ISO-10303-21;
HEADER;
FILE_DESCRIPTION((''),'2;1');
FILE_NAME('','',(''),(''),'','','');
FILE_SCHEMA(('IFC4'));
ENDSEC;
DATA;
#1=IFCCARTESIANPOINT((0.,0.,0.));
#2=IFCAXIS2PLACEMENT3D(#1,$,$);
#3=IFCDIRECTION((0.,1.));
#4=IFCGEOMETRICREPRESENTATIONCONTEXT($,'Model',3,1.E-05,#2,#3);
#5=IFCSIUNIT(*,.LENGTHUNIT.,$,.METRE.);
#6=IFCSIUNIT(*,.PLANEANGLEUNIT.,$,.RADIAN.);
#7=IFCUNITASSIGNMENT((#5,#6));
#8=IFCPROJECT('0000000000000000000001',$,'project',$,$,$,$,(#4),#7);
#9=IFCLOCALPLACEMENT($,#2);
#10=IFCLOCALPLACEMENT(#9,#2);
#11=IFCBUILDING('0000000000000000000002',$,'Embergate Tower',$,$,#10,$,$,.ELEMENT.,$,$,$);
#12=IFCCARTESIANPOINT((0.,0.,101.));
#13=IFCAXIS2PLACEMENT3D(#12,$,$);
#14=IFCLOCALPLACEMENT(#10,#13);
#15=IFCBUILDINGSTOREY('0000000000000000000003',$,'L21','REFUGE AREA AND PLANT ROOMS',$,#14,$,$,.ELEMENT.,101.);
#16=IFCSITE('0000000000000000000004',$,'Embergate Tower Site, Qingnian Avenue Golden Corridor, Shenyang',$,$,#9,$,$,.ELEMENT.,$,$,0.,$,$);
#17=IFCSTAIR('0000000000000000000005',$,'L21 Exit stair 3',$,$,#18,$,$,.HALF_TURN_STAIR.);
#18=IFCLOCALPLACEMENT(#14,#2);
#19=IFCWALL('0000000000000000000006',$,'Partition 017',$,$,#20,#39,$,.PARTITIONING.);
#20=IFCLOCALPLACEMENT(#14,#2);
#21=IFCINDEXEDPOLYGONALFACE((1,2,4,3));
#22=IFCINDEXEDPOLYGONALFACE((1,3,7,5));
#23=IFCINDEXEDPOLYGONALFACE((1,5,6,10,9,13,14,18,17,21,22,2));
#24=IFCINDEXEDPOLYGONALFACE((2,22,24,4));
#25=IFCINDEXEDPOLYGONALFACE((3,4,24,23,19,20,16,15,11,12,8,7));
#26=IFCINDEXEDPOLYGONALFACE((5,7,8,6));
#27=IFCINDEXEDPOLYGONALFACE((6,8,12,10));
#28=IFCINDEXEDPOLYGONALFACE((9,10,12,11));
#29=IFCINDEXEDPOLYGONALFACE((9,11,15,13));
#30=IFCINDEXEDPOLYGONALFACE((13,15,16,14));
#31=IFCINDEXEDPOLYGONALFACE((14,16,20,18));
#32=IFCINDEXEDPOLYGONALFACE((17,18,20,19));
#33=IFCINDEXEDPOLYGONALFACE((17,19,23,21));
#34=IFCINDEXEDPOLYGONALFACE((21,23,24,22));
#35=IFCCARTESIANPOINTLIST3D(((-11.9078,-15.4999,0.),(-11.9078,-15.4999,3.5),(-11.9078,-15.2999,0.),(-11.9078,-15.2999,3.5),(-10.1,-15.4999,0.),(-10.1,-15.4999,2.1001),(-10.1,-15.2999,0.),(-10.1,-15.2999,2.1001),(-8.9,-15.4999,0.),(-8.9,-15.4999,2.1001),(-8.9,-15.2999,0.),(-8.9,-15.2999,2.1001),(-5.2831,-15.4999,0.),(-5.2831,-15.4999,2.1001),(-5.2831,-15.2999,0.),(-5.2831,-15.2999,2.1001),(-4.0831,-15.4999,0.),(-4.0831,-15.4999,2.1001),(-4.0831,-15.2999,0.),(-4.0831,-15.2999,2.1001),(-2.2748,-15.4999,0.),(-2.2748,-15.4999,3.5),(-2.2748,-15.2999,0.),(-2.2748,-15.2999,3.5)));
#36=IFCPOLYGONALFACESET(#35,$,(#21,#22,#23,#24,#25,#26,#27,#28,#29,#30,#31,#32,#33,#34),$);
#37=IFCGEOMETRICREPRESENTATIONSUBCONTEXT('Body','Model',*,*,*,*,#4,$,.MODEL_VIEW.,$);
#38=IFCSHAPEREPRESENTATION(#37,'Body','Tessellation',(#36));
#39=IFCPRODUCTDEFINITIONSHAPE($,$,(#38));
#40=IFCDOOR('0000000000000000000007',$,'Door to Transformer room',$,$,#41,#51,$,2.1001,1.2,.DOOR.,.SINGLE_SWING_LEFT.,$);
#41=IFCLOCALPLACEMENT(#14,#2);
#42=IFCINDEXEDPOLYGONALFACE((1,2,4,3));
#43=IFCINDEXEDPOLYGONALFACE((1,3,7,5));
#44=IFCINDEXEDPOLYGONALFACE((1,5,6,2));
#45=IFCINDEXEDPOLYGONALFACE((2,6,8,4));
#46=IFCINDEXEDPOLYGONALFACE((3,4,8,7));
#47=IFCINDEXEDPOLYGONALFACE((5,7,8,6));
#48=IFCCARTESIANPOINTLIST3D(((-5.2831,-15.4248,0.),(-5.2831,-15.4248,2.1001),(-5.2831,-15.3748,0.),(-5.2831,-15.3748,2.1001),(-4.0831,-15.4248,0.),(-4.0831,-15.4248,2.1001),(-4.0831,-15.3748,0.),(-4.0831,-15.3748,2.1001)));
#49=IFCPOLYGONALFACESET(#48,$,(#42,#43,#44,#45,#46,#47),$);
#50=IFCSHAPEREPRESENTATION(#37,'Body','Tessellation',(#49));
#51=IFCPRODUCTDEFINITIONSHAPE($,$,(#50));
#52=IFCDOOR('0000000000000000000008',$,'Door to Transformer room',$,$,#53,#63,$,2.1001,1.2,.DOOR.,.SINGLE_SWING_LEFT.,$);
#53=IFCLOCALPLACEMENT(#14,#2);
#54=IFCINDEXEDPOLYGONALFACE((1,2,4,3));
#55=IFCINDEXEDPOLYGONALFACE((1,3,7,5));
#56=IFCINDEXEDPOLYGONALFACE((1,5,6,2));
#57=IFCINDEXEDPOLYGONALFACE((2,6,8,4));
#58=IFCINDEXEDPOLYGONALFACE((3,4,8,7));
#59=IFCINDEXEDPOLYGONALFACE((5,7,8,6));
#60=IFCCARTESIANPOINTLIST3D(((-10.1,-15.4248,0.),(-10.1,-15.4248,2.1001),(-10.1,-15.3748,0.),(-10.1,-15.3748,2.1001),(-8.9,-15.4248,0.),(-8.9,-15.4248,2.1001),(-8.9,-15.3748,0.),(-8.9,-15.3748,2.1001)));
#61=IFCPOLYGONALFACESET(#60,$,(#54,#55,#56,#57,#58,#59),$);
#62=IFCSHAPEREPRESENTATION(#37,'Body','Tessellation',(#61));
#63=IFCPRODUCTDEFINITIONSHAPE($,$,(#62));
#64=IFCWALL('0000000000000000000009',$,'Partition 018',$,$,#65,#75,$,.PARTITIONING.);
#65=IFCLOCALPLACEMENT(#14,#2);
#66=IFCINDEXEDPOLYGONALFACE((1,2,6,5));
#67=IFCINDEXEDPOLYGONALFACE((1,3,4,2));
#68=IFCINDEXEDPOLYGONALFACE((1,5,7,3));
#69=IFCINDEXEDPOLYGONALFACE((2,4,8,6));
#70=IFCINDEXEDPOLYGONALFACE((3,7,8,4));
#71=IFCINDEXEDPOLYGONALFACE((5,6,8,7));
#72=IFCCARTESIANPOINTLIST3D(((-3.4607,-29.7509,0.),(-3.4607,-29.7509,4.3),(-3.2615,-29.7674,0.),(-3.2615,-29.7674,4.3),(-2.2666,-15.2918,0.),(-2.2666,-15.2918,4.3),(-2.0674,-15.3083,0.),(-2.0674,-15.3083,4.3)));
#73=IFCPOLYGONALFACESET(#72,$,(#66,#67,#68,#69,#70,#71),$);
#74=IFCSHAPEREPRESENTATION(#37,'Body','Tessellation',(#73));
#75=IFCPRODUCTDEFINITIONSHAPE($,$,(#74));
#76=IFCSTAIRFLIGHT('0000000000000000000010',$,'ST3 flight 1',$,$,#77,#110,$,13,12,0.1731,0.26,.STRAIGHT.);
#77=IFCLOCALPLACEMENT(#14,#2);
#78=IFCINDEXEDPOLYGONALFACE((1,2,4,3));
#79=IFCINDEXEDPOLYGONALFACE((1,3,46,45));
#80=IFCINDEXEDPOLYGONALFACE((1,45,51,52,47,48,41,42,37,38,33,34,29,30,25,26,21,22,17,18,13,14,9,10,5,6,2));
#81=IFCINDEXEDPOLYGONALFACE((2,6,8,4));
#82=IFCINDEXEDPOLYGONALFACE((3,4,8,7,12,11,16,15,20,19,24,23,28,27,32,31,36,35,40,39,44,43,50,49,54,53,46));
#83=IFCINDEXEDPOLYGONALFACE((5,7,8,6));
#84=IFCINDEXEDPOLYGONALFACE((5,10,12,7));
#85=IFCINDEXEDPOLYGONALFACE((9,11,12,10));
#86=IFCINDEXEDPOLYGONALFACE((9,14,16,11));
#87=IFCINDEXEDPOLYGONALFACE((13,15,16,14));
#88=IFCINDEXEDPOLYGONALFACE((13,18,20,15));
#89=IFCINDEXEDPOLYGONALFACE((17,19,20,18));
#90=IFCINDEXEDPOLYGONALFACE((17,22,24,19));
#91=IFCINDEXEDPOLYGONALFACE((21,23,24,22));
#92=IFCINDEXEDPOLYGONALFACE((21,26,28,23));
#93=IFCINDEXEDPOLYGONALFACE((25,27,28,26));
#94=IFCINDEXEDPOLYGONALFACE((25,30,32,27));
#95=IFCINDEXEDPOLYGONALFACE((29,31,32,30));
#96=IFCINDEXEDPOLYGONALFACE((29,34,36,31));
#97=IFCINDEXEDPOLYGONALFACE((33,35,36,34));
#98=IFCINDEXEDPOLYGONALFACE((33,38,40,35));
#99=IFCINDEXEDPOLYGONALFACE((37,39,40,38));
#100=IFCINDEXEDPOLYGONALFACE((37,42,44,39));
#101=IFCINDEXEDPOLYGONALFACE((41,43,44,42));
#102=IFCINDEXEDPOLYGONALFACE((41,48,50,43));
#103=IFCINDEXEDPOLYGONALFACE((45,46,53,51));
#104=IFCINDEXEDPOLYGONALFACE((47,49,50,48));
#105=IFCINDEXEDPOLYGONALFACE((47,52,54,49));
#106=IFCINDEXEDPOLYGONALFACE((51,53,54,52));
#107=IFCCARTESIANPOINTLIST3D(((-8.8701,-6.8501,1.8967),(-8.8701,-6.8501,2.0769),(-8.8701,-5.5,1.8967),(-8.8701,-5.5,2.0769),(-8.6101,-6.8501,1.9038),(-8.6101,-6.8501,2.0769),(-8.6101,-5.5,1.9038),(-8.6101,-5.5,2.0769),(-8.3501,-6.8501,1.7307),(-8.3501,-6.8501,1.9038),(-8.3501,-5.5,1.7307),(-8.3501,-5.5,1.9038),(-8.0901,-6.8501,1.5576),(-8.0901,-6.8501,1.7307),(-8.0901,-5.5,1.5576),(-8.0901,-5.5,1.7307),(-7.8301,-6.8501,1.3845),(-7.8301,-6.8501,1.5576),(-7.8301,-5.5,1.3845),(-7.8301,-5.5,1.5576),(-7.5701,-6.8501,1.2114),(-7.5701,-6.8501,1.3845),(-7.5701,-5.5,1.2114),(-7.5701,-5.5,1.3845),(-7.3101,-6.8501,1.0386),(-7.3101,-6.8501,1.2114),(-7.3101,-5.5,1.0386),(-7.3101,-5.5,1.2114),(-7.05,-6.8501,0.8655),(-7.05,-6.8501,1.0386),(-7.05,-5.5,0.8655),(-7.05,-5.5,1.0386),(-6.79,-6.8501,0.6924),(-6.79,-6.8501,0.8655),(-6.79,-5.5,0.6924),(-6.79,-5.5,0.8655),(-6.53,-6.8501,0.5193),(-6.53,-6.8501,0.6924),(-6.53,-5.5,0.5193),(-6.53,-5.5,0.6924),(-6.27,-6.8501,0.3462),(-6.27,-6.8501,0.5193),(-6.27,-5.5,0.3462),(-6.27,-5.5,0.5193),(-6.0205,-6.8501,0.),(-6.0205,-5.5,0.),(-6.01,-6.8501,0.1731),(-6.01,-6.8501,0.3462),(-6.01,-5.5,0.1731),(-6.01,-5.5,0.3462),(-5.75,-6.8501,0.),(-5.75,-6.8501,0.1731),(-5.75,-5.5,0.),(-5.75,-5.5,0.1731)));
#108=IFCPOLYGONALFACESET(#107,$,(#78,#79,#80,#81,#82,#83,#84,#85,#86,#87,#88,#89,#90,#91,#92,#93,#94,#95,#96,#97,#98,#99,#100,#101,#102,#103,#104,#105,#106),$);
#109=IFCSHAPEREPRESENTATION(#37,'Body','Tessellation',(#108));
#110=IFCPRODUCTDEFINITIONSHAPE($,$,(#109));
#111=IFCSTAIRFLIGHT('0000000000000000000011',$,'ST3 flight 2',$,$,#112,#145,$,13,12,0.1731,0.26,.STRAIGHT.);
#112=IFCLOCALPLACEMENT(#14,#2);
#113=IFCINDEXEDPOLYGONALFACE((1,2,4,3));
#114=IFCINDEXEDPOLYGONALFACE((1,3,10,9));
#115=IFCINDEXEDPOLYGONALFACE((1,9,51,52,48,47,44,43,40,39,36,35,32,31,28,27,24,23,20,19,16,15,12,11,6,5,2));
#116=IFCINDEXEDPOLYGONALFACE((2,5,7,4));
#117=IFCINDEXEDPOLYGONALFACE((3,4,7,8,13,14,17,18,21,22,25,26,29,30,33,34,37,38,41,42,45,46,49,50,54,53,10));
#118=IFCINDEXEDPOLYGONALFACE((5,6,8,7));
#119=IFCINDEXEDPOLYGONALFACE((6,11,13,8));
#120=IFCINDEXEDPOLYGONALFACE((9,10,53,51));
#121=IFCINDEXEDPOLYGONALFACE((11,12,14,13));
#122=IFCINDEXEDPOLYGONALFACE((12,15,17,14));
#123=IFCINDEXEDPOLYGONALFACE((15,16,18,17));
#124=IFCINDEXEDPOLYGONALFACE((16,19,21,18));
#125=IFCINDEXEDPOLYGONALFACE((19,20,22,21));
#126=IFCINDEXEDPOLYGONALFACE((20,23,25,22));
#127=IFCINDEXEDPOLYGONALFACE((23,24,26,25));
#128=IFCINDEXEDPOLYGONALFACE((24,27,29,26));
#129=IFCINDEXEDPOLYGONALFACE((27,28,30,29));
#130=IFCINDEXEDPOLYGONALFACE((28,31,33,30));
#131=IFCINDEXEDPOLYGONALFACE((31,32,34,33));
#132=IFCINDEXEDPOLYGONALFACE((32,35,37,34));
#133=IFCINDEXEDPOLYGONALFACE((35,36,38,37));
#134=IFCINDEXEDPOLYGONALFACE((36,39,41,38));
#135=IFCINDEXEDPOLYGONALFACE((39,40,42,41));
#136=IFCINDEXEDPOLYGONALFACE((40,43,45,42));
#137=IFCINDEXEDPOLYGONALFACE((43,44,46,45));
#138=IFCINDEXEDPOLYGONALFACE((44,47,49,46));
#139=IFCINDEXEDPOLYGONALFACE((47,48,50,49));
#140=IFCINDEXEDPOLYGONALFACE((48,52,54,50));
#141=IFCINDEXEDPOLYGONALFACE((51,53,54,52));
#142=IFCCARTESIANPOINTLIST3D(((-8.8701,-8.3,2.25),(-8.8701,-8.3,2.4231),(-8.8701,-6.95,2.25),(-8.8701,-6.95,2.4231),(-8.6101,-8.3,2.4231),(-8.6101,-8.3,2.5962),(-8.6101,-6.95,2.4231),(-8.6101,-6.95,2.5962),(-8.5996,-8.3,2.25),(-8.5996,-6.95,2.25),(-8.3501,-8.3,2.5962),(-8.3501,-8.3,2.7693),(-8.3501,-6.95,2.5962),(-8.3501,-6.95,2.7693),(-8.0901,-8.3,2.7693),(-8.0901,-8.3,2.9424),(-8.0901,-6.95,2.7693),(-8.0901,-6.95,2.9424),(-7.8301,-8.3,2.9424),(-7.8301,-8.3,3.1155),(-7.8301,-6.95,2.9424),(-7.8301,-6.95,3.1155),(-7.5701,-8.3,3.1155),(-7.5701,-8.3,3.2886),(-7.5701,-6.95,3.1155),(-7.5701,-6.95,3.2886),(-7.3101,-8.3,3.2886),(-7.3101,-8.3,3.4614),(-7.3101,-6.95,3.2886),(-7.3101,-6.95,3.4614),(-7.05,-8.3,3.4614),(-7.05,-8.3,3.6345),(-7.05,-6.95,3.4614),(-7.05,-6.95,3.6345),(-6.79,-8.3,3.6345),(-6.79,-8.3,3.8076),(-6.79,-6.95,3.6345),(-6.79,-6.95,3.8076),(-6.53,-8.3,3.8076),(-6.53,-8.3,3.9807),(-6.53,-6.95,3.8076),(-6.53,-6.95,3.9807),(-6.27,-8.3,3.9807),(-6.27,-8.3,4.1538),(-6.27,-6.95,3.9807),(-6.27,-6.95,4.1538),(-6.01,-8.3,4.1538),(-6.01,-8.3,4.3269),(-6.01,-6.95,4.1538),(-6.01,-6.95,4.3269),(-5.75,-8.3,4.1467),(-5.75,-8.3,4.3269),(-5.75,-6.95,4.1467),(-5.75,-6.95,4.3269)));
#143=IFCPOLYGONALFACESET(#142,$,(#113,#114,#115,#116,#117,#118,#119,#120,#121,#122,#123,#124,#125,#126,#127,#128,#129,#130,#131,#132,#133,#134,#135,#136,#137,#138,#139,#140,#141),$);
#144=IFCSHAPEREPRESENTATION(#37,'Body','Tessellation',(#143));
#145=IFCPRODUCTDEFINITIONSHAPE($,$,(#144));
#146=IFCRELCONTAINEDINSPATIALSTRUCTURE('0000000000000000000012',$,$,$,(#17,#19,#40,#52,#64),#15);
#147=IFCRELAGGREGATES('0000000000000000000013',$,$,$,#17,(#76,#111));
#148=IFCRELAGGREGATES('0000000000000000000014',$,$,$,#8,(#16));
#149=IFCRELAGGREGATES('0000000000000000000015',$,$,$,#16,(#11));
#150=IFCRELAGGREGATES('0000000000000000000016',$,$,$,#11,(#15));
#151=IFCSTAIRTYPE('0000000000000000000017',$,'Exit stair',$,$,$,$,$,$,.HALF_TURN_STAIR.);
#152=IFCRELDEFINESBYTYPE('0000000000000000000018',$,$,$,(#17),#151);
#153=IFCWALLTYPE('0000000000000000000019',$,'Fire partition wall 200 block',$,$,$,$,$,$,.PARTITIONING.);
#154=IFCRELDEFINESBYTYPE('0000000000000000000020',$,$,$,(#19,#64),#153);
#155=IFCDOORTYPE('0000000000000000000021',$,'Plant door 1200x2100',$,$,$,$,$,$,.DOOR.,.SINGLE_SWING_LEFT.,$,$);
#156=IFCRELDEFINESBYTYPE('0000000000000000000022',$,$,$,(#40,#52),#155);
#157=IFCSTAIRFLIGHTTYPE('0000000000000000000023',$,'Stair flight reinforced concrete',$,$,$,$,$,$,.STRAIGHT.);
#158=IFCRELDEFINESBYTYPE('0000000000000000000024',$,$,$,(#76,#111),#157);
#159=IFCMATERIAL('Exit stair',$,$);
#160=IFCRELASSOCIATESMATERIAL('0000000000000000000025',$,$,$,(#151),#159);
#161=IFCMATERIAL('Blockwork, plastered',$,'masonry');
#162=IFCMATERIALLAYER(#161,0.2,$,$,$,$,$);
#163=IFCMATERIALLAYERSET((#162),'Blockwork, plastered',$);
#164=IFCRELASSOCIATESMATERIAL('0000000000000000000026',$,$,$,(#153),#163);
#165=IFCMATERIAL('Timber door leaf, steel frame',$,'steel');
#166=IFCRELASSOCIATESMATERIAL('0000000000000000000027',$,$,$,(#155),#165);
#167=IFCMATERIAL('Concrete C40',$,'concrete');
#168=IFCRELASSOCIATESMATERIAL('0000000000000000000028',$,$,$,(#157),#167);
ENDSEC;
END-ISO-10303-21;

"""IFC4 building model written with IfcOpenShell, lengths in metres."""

from ifc_helpers import new_model, si_unit, direction, frame, frame_2d, origin, place, context, subcontext, project, spatial, polyline, rectangle, outline, extrude, source, transform, mapped, material, layer, layer_set, type_object, element, fill, aggregate, save


model = new_model("IFC4")

# Units and contexts
model_context = context("Model", 3, precision=1e-05, world=origin(), true_north=direction((0.0, 1.0)))
body_context = subcontext(model_context, "Body", "Model", "MODEL_VIEW")
ifc_project = project(units=[si_unit("LENGTHUNIT", "METRE"), si_unit("PLANEANGLEUNIT", "RADIAN")], contexts=[model_context])

# Site, building, storey
site_placement = place(None, origin())
site = spatial("IfcSite", under=ifc_project, at=site_placement, Name="Embergate Tower Site, Qingnian Avenue Golden Corridor, Shenyang", CompositionType="ELEMENT", RefElevation=0.0)
building_placement = place(site_placement, origin())
building = spatial("IfcBuilding", under=site, at=building_placement, Name="Embergate Tower", CompositionType="ELEMENT")
storey_placement = place(building_placement, frame((0.0, 0.0, 101.0)))
storey = spatial("IfcBuildingStorey", under=building, at=storey_placement, Name="L21", Description="REFUGE AREA AND PLANT ROOMS", CompositionType="ELEMENT", Elevation=101.0)

# Stair
ifc_material_1 = material(Name="Exit stair")
stair_type = type_object("IfcStairType", Name="Exit stair", PredefinedType="HALF_TURN_STAIR", material=ifc_material_1)
stair_placement = place(storey_placement, origin())
stair = element("IfcStair", 1, at=stair_placement, inside=storey, type_object=stair_type, Name="L21 Exit stair 3", PredefinedType="HALF_TURN_STAIR")
ifc_material_2 = material(Name="Concrete C40", Category="concrete")

# Shared definitions
shared_shape_1 = source(origin(), body_context, "Body", "SweptSolid", [
    extrude(rectangle(XDim=1.2, YDim=2.1001, at=frame_2d((0.6001, 1.05))), frame((0.0, 0.1099, 0.0), z_axis=(0.0, -1.0, 0.0), x_axis=(1.0, 0.0, 0.0)), (0.0, 0.0, 1.0), 0.22),
])

# Wall, openings, doors
ifc_material_3 = material(Name="Blockwork, plastered", Category="masonry")
ifc_layer_1 = layer(ifc_material_3, 0.2)
ifc_layer_set_1 = layer_set([ifc_layer_1], Name="Blockwork, plastered")
wall_type_1 = type_object("IfcWallType", Name="Fire partition wall 200 block", PredefinedType="PARTITIONING", material=ifc_layer_set_1)
shared_shape_2 = source(origin(), body_context, "Body", "SweptSolid", [
    extrude(rectangle(XDim=9.6331, YDim=0.2, at=frame_2d((4.8164, 0.0))), origin(), (0.0, 0.0, 1.0), 3.5),
])
wall_1_placement = place(storey_placement, frame((-2.2749, -15.3999, 0.0), z_axis=(0.0, 0.0, 1.0), x_axis=(-1.0, 0.0, 0.0)))
wall_1 = element("IfcWall", 2, at=wall_1_placement, inside=storey, type_object=wall_type_1, Name="Partition 017", PredefinedType="PARTITIONING", context=body_context, shape_type="MappedRepresentation", body=[
    mapped(shared_shape_2, transform((0.0, 0.0, 0.0))),
])
opening_1_placement = place(wall_1_placement, frame((1.8081, 0.0, 0.0)))
opening_1 = element("IfcOpeningElement", 3, at=opening_1_placement, cuts=wall_1, PredefinedType="OPENING", context=body_context, shape_type="MappedRepresentation", body=[
    mapped(shared_shape_1, transform((0.0, 0.0, 0.0))),
])
opening_2_placement = place(wall_1_placement, frame((6.625, 0.0, 0.0)))
opening_2 = element("IfcOpeningElement", 4, at=opening_2_placement, cuts=wall_1, PredefinedType="OPENING", context=body_context, shape_type="MappedRepresentation", body=[
    mapped(shared_shape_1, transform((0.0, 0.0, 0.0))),
])
ifc_material_4 = material(Name="Timber door leaf, steel frame", Category="steel")
door_type_1 = type_object("IfcDoorType", Name="Plant door 1200x2100", OperationType="SINGLE_SWING_LEFT", PredefinedType="DOOR", material=ifc_material_4)
shared_shape_3 = source(origin(), body_context, "Body", "SweptSolid", [
    extrude(rectangle(XDim=1.2, YDim=2.1001, at=frame_2d((0.6001, 1.05))), frame((0.0, 0.0249, 0.0), z_axis=(0.0, -1.0, 0.0), x_axis=(1.0, 0.0, 0.0)), (0.0, 0.0, 1.0), 0.05),
])
door_1_placement = place(opening_1_placement, origin())
door_1 = element("IfcDoor", 5, at=door_1_placement, inside=storey, type_object=door_type_1, Name="Door to Transformer room", OperationType="SINGLE_SWING_LEFT", OverallHeight=2.1001, OverallWidth=1.2, PredefinedType="DOOR", context=body_context, shape_type="MappedRepresentation", body=[
    mapped(shared_shape_3, transform((0.0, 0.0, 0.0))),
])
fill(opening_1, door_1)
door_2_placement = place(opening_2_placement, origin())
door_2 = element("IfcDoor", 6, at=door_2_placement, inside=storey, type_object=door_type_1, Name="Door to Transformer room", OperationType="SINGLE_SWING_LEFT", OverallHeight=2.1001, OverallWidth=1.2, PredefinedType="DOOR", context=body_context, shape_type="MappedRepresentation", body=[
    mapped(shared_shape_3, transform((0.0, 0.0, 0.0))),
])
fill(opening_2, door_2)

# Wall
shared_shape_4 = source(origin(), body_context, "Body", "SweptSolid", [
    extrude(rectangle(XDim=14.5083, YDim=0.2, at=frame_2d((7.2542, 0.0))), origin(), (0.0, 0.0, 1.0), 4.3),
])
wall_2_placement = place(storey_placement, frame((-2.167, -15.3, 0.0), z_axis=(0.0, 0.0, 1.0), x_axis=(-0.082305, -0.996607, 0.0)))
element("IfcWall", 7, at=wall_2_placement, inside=storey, type_object=wall_type_1, Name="Partition 018", PredefinedType="PARTITIONING", context=body_context, shape_type="MappedRepresentation", body=[
    mapped(shared_shape_4, transform((0.0, 0.0, 0.0))),
])

# Stair flights
stair_flight_type = type_object("IfcStairFlightType", Name="Stair flight reinforced concrete", PredefinedType="STRAIGHT", material=ifc_material_2)
shared_shape_5 = source(origin(), body_context, "Body", "SweptSolid", [
    extrude(outline(polyline([(0.0, 0.0), (0.0, 0.1731), (0.26, 0.1731), (0.26, 0.3462), (0.52, 0.3462), (0.52, 0.5193), (0.78, 0.5193), (0.78, 0.6924), (1.04, 0.6924), (1.04, 0.8655), (1.3, 0.8655), (1.3, 1.0386), (1.5601, 1.0386), (1.5601, 1.2114), (1.8201, 1.2114), (1.8201, 1.3845), (2.0801, 1.3845), (2.0801, 1.5576), (2.3401, 1.5576), (2.3401, 1.7307), (2.6001, 1.7307), (2.6001, 1.9038), (2.8601, 1.9038), (2.8601, 2.0769), (3.1201, 2.0769), (3.1201, 2.25), (3.1201, 1.8967), (0.2705, 0.0), (0.0, 0.0)])), frame((0.0, 0.675, 0.0), z_axis=(0.0, -1.0, 0.0), x_axis=(1.0, 0.0, 0.0)), (0.0, 0.0, 1.0), 1.3501),
])
stair_flight_1_placement = place(storey_placement, frame((-5.75, -6.175, 0.0), z_axis=(0.0, 0.0, 1.0), x_axis=(-1.0, 0.0, 0.0)))
stair_flight_1 = element("IfcStairFlight", 8, at=stair_flight_1_placement, type_object=stair_flight_type, Name="ST3 flight 1", NumberOfRisers=13, NumberOfTreads=12, PredefinedType="STRAIGHT", RiserHeight=0.1731, TreadLength=0.26, context=body_context, shape_type="MappedRepresentation", body=[
    mapped(shared_shape_5, transform((0.0, 0.0, 0.0))),
])
stair_flight_2_placement = place(storey_placement, frame((-8.8701, -7.625, 2.25), z_axis=(0.0, 0.0, 1.0), x_axis=(1.0, 0.0, 0.0)))
stair_flight_2 = element("IfcStairFlight", 9, at=stair_flight_2_placement, type_object=stair_flight_type, Name="ST3 flight 2", NumberOfRisers=13, NumberOfTreads=12, PredefinedType="STRAIGHT", RiserHeight=0.1731, TreadLength=0.26, context=body_context, shape_type="MappedRepresentation", body=[
    mapped(shared_shape_5, transform((0.0, 0.0, 0.0))),
])
aggregate(stair, [stair_flight_1, stair_flight_2])

save(model, "model.ifc")
